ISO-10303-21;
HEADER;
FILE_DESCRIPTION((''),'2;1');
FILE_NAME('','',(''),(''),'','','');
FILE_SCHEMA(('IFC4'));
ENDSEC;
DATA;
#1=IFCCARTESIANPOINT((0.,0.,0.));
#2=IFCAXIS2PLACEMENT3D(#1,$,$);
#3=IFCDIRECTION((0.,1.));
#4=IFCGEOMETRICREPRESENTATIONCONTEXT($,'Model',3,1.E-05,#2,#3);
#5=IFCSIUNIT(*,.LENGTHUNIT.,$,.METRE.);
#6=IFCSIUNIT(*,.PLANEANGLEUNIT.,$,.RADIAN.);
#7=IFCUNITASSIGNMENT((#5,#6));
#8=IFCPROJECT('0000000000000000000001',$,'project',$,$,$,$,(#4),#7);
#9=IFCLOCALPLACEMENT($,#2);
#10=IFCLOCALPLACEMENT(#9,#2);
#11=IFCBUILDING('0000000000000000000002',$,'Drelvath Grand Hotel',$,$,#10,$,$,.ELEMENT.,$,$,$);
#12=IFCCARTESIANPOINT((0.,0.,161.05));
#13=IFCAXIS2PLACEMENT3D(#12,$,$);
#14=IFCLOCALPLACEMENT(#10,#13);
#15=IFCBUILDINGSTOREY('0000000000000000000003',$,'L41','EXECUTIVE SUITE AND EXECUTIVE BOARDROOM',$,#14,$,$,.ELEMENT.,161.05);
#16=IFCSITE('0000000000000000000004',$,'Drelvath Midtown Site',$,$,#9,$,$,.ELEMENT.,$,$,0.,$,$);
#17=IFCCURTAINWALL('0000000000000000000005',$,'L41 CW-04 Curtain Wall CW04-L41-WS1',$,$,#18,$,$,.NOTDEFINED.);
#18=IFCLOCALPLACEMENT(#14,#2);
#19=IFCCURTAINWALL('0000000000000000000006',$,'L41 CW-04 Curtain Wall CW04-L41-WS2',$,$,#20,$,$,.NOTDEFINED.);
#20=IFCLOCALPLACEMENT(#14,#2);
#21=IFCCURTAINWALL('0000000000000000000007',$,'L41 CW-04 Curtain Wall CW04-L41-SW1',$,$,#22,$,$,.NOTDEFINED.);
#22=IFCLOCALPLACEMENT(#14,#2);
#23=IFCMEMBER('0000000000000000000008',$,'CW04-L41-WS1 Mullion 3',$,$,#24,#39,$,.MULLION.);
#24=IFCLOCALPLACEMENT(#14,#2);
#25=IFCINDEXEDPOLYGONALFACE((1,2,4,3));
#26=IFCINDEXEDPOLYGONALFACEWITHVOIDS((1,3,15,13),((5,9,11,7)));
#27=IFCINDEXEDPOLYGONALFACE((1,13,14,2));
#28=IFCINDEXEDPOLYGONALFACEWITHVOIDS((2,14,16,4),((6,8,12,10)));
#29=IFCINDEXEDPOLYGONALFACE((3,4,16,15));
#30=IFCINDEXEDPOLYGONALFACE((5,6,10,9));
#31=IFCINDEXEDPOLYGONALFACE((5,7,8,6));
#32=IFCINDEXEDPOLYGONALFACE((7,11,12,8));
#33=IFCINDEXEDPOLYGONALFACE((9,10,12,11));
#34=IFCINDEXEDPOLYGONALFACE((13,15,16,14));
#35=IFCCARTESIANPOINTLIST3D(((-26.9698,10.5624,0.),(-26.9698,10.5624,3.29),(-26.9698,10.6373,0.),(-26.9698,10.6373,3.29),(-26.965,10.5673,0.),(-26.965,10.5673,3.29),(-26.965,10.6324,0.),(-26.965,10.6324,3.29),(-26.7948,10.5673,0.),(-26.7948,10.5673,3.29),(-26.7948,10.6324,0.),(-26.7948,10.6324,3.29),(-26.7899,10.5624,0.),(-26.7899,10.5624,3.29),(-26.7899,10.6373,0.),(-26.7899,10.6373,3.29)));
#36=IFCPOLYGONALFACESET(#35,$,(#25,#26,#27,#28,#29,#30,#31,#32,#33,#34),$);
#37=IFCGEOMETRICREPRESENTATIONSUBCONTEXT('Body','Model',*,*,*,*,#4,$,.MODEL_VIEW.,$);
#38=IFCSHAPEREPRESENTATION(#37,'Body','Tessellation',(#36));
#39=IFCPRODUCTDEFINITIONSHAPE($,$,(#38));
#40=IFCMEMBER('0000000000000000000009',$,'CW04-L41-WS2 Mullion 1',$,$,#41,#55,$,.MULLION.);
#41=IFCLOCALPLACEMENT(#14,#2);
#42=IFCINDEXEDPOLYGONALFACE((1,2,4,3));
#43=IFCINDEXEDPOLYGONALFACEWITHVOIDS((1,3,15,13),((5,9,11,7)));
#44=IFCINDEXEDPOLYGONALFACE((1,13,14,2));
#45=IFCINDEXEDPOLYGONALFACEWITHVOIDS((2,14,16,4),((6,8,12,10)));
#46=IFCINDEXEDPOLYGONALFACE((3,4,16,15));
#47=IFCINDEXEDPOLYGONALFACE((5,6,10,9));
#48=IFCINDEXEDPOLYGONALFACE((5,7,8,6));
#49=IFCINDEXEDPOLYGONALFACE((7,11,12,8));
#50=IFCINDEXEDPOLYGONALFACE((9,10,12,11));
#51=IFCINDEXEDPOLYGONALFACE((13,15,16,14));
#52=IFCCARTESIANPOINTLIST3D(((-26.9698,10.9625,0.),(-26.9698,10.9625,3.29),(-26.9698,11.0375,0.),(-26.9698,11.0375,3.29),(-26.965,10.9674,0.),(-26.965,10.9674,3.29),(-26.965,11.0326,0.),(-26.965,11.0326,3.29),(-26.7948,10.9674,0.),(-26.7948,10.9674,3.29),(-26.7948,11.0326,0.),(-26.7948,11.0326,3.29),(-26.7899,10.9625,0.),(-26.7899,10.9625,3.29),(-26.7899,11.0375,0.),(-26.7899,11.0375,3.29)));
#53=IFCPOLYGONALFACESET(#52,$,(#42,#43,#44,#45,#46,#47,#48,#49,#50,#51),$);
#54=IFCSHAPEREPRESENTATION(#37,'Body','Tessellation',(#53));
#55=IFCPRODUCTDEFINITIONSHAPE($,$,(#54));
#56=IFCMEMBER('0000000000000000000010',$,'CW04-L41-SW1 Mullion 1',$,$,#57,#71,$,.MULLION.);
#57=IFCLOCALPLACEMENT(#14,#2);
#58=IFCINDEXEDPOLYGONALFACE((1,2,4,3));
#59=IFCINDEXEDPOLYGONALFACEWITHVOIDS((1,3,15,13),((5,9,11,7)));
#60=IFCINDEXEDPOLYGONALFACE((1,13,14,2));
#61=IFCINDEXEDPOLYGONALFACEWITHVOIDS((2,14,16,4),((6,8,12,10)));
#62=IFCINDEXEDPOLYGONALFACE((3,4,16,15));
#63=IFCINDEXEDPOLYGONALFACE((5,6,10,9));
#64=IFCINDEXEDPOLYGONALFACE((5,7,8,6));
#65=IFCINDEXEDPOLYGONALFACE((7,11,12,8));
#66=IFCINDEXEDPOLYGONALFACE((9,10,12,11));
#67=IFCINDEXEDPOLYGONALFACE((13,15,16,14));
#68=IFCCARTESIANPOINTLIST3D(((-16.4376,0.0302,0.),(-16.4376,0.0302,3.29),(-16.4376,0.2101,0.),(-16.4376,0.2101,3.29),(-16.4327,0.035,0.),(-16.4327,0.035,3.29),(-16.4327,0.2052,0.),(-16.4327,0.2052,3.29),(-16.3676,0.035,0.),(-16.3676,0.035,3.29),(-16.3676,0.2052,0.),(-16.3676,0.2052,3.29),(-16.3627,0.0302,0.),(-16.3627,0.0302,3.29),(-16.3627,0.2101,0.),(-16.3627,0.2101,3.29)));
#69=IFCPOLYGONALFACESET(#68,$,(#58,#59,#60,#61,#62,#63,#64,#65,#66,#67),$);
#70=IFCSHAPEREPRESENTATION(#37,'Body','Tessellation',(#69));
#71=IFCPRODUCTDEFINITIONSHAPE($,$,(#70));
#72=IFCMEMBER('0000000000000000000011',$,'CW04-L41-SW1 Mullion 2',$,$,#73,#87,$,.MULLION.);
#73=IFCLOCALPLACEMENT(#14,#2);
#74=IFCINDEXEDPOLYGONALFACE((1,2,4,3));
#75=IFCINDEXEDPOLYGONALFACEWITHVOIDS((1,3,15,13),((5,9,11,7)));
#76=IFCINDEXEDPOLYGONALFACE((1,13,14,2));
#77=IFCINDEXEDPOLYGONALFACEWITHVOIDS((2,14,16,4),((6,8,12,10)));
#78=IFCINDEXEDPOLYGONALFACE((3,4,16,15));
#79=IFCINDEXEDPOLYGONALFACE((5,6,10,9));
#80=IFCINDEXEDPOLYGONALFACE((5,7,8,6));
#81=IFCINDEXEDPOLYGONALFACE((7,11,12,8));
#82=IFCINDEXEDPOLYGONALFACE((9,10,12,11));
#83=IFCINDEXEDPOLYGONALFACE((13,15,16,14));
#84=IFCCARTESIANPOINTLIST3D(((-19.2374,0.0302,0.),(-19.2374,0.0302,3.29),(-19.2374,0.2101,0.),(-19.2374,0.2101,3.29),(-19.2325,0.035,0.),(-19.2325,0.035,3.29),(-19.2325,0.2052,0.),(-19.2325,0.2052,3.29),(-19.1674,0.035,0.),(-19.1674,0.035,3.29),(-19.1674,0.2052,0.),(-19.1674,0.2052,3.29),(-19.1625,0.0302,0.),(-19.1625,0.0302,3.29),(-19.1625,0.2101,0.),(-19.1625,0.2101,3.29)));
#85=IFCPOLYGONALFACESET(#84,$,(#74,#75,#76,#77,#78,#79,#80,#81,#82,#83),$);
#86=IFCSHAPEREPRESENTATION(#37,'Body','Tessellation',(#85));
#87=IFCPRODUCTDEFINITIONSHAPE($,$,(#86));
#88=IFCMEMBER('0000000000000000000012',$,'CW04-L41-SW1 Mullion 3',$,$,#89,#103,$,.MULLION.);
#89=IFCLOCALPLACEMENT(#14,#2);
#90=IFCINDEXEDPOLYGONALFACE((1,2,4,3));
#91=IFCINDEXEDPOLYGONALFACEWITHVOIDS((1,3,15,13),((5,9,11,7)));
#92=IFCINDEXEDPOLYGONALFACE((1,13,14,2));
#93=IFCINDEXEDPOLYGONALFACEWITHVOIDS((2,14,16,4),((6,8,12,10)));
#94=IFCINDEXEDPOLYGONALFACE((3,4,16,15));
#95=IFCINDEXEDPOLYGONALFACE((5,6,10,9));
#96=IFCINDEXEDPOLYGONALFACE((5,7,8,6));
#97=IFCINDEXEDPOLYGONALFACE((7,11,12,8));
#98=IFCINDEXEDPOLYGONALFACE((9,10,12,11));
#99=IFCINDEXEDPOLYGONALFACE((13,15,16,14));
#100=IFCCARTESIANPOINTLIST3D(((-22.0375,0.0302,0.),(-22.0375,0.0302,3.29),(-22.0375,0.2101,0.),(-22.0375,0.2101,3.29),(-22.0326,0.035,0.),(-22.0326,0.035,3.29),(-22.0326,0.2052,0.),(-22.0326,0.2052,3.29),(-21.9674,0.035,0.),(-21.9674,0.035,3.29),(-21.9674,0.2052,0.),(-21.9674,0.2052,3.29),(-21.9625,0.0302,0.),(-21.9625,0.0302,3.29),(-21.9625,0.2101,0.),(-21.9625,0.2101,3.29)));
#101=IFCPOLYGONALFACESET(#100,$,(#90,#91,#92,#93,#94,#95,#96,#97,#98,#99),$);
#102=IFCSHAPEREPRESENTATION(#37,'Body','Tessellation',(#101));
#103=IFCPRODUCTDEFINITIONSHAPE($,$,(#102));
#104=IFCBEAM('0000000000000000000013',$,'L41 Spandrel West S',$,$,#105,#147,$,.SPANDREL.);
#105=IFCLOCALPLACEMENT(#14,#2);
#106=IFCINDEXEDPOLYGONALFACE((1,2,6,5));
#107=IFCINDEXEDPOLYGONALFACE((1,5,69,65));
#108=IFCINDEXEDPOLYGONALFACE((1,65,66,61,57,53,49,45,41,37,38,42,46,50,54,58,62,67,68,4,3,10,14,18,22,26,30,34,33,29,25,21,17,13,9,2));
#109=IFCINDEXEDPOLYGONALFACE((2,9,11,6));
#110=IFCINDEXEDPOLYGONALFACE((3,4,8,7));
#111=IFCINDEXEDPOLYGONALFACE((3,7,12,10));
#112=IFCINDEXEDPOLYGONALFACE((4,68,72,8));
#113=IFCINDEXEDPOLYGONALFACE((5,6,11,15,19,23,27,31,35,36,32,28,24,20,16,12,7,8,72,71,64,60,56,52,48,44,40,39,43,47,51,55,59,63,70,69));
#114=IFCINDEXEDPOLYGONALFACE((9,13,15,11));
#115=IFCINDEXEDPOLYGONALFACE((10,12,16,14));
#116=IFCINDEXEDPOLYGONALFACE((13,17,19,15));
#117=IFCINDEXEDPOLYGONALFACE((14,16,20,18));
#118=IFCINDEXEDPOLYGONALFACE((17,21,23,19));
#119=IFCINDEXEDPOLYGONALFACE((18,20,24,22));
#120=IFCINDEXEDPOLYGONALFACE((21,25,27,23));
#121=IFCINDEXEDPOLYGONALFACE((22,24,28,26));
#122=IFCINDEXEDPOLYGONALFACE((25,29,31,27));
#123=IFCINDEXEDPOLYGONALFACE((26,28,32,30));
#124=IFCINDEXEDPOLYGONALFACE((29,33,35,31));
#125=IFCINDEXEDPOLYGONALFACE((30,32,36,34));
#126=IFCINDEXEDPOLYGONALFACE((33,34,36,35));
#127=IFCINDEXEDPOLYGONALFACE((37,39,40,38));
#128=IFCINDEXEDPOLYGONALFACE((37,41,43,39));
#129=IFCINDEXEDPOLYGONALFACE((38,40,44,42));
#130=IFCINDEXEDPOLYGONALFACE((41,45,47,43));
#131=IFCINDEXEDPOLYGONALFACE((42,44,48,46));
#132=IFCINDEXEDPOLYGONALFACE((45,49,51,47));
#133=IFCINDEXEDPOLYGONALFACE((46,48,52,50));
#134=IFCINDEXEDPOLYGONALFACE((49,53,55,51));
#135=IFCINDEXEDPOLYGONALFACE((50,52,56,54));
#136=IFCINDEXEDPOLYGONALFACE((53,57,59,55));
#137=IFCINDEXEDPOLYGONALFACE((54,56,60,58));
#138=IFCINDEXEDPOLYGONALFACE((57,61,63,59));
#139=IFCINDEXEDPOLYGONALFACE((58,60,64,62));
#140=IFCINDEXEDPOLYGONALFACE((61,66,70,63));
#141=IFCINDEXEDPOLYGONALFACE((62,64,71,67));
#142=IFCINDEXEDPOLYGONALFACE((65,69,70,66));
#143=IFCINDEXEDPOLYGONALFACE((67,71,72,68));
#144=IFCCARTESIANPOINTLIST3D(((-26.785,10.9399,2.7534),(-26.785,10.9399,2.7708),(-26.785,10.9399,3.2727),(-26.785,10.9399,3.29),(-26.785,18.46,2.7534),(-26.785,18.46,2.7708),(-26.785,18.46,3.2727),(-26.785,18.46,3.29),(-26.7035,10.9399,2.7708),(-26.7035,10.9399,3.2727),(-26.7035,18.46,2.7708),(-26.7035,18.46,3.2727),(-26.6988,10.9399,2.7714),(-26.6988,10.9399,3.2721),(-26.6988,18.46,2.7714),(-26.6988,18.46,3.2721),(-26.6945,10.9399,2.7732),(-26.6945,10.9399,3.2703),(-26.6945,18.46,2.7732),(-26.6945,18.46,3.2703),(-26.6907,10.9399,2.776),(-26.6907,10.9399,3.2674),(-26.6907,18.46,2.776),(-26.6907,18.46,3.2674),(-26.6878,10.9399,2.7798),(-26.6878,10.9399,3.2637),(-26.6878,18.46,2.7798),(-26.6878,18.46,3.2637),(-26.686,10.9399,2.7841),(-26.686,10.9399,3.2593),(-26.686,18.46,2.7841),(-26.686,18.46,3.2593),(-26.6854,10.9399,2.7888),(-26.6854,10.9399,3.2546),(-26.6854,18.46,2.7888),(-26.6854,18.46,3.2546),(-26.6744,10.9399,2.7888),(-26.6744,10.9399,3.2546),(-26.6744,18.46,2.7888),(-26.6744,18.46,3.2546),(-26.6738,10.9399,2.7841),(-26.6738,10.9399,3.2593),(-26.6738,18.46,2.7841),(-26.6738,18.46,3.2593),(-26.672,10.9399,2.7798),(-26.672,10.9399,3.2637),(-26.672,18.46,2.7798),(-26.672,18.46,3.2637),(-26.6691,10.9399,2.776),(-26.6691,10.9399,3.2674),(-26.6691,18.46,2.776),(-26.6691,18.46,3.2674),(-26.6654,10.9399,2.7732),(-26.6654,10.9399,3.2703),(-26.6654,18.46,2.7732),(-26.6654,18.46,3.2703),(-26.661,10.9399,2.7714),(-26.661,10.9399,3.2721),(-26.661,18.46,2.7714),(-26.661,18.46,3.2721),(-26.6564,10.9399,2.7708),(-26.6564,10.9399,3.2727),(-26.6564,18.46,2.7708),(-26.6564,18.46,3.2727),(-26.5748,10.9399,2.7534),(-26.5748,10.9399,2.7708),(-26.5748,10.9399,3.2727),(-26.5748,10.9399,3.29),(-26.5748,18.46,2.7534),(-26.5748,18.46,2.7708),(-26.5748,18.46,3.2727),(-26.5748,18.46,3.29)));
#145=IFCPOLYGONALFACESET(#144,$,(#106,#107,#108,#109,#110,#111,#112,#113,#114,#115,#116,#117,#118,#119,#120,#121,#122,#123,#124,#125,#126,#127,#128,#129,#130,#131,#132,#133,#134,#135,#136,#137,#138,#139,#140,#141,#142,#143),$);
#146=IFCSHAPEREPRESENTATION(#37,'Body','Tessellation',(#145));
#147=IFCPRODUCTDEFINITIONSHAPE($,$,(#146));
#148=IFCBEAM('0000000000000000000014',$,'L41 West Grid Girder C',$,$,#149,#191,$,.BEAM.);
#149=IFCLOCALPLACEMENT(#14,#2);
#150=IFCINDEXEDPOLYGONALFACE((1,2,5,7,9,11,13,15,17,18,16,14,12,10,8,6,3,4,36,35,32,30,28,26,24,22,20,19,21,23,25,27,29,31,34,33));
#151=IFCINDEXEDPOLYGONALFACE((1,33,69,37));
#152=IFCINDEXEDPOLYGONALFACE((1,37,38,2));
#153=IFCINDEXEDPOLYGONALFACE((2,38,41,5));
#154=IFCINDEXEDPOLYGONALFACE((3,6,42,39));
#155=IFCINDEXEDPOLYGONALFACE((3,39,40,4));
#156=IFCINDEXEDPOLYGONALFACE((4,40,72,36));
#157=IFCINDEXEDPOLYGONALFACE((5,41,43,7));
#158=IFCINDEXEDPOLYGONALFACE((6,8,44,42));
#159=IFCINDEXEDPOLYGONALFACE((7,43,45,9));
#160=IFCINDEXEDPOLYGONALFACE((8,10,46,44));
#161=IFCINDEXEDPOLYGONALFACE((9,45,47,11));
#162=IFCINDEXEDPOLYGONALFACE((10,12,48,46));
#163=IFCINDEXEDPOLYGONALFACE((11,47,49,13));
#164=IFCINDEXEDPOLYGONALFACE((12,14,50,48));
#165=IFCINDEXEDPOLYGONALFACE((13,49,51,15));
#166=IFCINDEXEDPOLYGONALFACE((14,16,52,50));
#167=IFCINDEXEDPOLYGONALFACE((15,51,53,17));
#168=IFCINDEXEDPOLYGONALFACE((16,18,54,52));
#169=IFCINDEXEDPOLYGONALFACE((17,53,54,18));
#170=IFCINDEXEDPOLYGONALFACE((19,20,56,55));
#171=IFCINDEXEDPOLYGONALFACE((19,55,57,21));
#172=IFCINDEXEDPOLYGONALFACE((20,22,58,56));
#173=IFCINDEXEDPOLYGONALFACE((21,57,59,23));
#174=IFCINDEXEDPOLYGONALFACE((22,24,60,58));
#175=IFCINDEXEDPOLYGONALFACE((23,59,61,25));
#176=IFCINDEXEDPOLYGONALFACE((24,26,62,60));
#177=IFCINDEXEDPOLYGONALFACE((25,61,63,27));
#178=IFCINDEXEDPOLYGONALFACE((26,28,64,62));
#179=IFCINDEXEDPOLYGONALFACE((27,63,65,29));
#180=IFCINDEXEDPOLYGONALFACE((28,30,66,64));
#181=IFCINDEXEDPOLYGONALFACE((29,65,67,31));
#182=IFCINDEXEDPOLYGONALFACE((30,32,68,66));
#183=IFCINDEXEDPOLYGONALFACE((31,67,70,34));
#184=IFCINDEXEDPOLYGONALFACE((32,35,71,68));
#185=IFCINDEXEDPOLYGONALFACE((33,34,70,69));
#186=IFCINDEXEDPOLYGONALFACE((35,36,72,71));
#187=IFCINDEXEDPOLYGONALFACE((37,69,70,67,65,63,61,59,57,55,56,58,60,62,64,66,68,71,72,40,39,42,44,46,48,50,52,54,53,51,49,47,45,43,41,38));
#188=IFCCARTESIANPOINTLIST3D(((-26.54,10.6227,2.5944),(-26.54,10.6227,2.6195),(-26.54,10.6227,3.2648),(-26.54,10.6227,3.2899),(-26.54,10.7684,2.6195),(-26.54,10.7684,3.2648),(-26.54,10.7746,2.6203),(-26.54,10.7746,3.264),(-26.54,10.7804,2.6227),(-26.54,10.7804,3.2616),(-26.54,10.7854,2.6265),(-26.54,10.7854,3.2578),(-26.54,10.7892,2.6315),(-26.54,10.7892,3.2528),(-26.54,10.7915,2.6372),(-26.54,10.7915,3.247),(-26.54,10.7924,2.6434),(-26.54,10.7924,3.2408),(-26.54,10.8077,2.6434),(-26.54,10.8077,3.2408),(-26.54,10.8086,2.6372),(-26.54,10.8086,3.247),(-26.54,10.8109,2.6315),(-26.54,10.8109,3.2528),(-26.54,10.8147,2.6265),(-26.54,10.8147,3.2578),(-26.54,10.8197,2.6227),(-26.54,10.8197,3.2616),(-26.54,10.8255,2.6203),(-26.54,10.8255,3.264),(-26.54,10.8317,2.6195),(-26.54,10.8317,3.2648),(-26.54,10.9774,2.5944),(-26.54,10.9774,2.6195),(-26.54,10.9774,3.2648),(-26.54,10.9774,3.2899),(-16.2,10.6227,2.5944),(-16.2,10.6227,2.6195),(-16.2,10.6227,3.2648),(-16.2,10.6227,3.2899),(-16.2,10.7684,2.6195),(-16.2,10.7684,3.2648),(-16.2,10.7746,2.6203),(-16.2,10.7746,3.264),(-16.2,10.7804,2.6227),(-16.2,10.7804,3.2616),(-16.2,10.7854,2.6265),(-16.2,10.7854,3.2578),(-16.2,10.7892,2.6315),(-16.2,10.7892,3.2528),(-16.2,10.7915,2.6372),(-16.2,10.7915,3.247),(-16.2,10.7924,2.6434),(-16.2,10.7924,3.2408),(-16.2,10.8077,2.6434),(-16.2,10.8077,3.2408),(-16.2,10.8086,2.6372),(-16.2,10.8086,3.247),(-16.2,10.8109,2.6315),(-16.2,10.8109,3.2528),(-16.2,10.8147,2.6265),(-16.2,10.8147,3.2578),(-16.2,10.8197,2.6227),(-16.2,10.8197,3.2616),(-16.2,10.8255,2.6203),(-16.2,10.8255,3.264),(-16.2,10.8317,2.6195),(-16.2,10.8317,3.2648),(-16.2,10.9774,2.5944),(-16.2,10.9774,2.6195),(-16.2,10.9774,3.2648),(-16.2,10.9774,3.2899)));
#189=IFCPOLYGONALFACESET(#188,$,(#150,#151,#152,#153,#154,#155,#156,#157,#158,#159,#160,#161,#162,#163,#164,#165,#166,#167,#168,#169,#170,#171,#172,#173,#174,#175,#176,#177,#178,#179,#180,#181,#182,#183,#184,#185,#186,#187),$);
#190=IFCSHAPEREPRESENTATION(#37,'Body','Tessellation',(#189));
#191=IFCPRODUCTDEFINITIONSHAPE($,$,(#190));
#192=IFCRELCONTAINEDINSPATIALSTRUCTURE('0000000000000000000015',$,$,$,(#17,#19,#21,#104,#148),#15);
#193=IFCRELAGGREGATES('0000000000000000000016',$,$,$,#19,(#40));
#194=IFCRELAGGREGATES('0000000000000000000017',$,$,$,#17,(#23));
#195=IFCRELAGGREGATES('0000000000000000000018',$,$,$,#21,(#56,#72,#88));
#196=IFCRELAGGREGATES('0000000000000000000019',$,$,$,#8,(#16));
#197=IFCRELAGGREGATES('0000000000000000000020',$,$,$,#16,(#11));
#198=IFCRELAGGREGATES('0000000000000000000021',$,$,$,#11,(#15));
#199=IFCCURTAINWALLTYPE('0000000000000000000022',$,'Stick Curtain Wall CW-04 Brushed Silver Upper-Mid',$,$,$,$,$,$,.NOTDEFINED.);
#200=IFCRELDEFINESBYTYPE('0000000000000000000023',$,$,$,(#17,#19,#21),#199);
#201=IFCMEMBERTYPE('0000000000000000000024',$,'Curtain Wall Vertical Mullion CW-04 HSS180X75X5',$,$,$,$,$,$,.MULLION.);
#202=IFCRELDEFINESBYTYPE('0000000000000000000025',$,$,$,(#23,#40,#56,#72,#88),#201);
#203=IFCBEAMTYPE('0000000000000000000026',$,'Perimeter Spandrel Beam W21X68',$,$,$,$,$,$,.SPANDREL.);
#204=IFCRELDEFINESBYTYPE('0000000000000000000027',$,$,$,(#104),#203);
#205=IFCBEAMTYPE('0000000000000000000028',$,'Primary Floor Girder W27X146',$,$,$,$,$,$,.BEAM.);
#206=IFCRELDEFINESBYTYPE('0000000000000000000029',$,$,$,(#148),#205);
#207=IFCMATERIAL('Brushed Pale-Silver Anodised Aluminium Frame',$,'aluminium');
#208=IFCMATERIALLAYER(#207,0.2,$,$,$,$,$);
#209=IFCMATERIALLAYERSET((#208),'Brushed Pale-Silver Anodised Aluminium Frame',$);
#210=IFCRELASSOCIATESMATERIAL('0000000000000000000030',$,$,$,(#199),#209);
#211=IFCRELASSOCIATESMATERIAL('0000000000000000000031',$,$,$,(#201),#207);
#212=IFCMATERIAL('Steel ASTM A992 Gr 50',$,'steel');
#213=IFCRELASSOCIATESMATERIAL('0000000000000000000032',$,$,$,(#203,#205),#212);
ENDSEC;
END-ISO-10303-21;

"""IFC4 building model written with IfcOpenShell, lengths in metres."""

from ifc_helpers import new_model, si_unit, direction, frame, origin, origin_2d, place, context, subcontext, project, spatial, hollow_rectangle, i_section, extrude, material, layer, layer_set, material_profile, profile_set, type_object, element, aggregate, save


model = new_model("IFC4")

# Units and contexts
model_context = context("Model", 3, precision=1e-05, world=origin(), true_north=direction((0.0, 1.0)))
body_context = subcontext(model_context, "Body", "Model", "MODEL_VIEW")
ifc_project = project(units=[si_unit("LENGTHUNIT", "METRE"), si_unit("PLANEANGLEUNIT", "RADIAN")], contexts=[model_context])

# Site, building, storey
site_placement = place(None, origin())
site = spatial("IfcSite", under=ifc_project, at=site_placement, Name="Drelvath Midtown Site", CompositionType="ELEMENT", RefElevation=0.0)
building_placement = place(site_placement, origin())
building = spatial("IfcBuilding", under=site, at=building_placement, Name="Drelvath Grand Hotel", CompositionType="ELEMENT")
storey_placement = place(building_placement, frame((0.0, 0.0, 161.05)))
storey = spatial("IfcBuildingStorey", under=building, at=storey_placement, Name="L41", Description="EXECUTIVE SUITE AND EXECUTIVE BOARDROOM", CompositionType="ELEMENT", Elevation=161.05)

# Curtain walls
ifc_material_1 = material(Name="Brushed Pale-Silver Anodised Aluminium Frame", Category="aluminium")
ifc_layer_1 = layer(ifc_material_1, 0.2)
ifc_layer_set_1 = layer_set([ifc_layer_1], Name="Brushed Pale-Silver Anodised Aluminium Frame")
curtain_wall_type = type_object("IfcCurtainWallType", Name="Stick Curtain Wall CW-04 Brushed Silver Upper-Mid", PredefinedType="NOTDEFINED", material=ifc_layer_set_1)
curtain_wall_1_placement = place(storey_placement, origin())
curtain_wall_1 = element("IfcCurtainWall", 1, at=curtain_wall_1_placement, inside=storey, type_object=curtain_wall_type, Name="L41 CW-04 Curtain Wall CW04-L41-WS1", PredefinedType="NOTDEFINED")
curtain_wall_2_placement = place(storey_placement, origin())
curtain_wall_2 = element("IfcCurtainWall", 2, at=curtain_wall_2_placement, inside=storey, type_object=curtain_wall_type, Name="L41 CW-04 Curtain Wall CW04-L41-WS2", PredefinedType="NOTDEFINED")
curtain_wall_3_placement = place(storey_placement, origin())
curtain_wall_3 = element("IfcCurtainWall", 3, at=curtain_wall_3_placement, inside=storey, type_object=curtain_wall_type, Name="L41 CW-04 Curtain Wall CW04-L41-SW1", PredefinedType="NOTDEFINED")

# Members
ifc_material_profile_1 = material_profile(ifc_material_1, hollow_rectangle(XDim=0.075, YDim=0.1799, WallThickness=0.0049, at=origin_2d()), Name="HSS180X75X5")
ifc_profile_set_1 = profile_set([ifc_material_profile_1], Name="Brushed Pale-Silver Anodised Aluminium Frame")
member_type_1 = type_object("IfcMemberType", Name="Curtain Wall Vertical Mullion CW-04 HSS180X75X5", PredefinedType="MULLION", material=ifc_profile_set_1)
member_1_placement = place(storey_placement, frame((-26.8799, 10.5999, 0.0), z_axis=(0.0, 0.0, 1.0), x_axis=(0.0, 1.0, 0.0)))
member_1 = element("IfcMember", 4, at=member_1_placement, type_object=member_type_1, Name="CW04-L41-WS1 Mullion 3", PredefinedType="MULLION", context=body_context, shape_type="SweptSolid", body=[
    extrude(hollow_rectangle(XDim=0.075, YDim=0.1799, WallThickness=0.0049, at=origin_2d()), origin(), (0.0, 0.0, 1.0), 3.29),
])
member_2_placement = place(storey_placement, frame((-26.8799, 11.0, 0.0), z_axis=(0.0, 0.0, 1.0), x_axis=(0.0, 1.0, 0.0)))
member_2 = element("IfcMember", 5, at=member_2_placement, type_object=member_type_1, Name="CW04-L41-WS2 Mullion 1", PredefinedType="MULLION", context=body_context, shape_type="SweptSolid", body=[
    extrude(hollow_rectangle(XDim=0.075, YDim=0.1799, WallThickness=0.0049, at=origin_2d()), origin(), (0.0, 0.0, 1.0), 3.29),
])
aggregate(curtain_wall_2, [member_2])
member_3_placement = place(storey_placement, frame((-16.4001, 0.1201, 0.0), z_axis=(0.0, 0.0, 1.0), x_axis=(1.0, 0.0, 0.0)))
member_3 = element("IfcMember", 6, at=member_3_placement, type_object=member_type_1, Name="CW04-L41-SW1 Mullion 1", PredefinedType="MULLION", context=body_context, shape_type="SweptSolid", body=[
    extrude(hollow_rectangle(XDim=0.075, YDim=0.1799, WallThickness=0.0049, at=origin_2d()), origin(), (0.0, 0.0, 1.0), 3.29),
])
member_4_placement = place(storey_placement, frame((-19.2, 0.1201, 0.0), z_axis=(0.0, 0.0, 1.0), x_axis=(1.0, 0.0, 0.0)))
member_4 = element("IfcMember", 7, at=member_4_placement, type_object=member_type_1, Name="CW04-L41-SW1 Mullion 2", PredefinedType="MULLION", context=body_context, shape_type="SweptSolid", body=[
    extrude(hollow_rectangle(XDim=0.075, YDim=0.1799, WallThickness=0.0049, at=origin_2d()), origin(), (0.0, 0.0, 1.0), 3.29),
])
member_5_placement = place(storey_placement, frame((-22.0, 0.1201, 0.0), z_axis=(0.0, 0.0, 1.0), x_axis=(1.0, 0.0, 0.0)))
member_5 = element("IfcMember", 8, at=member_5_placement, type_object=member_type_1, Name="CW04-L41-SW1 Mullion 3", PredefinedType="MULLION", context=body_context, shape_type="SweptSolid", body=[
    extrude(hollow_rectangle(XDim=0.075, YDim=0.1799, WallThickness=0.0049, at=origin_2d()), origin(), (0.0, 0.0, 1.0), 3.29),
])

# Beams
ifc_material_2 = material(Name="Steel ASTM A992 Gr 50", Category="steel")
ifc_material_profile_2 = material_profile(ifc_material_2, i_section(OverallWidth=0.2102, OverallDepth=0.5366, WebThickness=0.011, FlangeThickness=0.0173, FilletRadius=0.0181, at=origin_2d()), Name="W21X68")
ifc_profile_set_2 = profile_set([ifc_material_profile_2], Name="Steel ASTM A992 Gr 50")
beam_type_1 = type_object("IfcBeamType", Name="Perimeter Spandrel Beam W21X68", PredefinedType="SPANDREL", material=ifc_profile_set_2)
beam_placement = place(storey_placement, frame((-26.6799, 10.9399, 3.0217), z_axis=(0.0, 1.0, 0.0), x_axis=(-1.0, 0.0, 0.0)))
element("IfcBeam", 9, at=beam_placement, inside=storey, type_object=beam_type_1, Name="L41 Spandrel West S", PredefinedType="SPANDREL", context=body_context, shape_type="SweptSolid", body=[
    extrude(i_section(OverallWidth=0.2102, OverallDepth=0.5366, WebThickness=0.011, FlangeThickness=0.0173, FilletRadius=0.0181, at=origin_2d()), origin(), (0.0, 0.0, 1.0), 7.52),
])
ifc_material_profile_3 = material_profile(ifc_material_2, i_section(OverallWidth=0.3547, OverallDepth=0.6956, WebThickness=0.0154, FlangeThickness=0.0251, FilletRadius=0.0239, at=origin_2d()), Name="W27X146")
ifc_profile_set_3 = profile_set([ifc_material_profile_3], Name="Steel ASTM A992 Gr 50")
beam_type_2 = type_object("IfcBeamType", Name="Primary Floor Girder W27X146", PredefinedType="BEAM", material=ifc_profile_set_3)
for number, where, z_axis, x_axis, name in (
    (10, (-26.54, 10.8, 2.9421), (1.0, 0.0, 0.0), (0.0, 1.0, 0.0), "L41 West Grid Girder C"),
):
    element("IfcBeam", number, at=place(storey_placement, frame(where, z_axis=z_axis, x_axis=x_axis)), inside=storey, type_object=beam_type_2, Name=name, PredefinedType="BEAM", context=body_context, shape_type="SweptSolid", body=[
        extrude(i_section(OverallWidth=0.3547, OverallDepth=0.6956, WebThickness=0.0154, FlangeThickness=0.0251, FilletRadius=0.0239, at=origin_2d()), origin(), (0.0, 0.0, 1.0), 10.3401),
    ])

aggregate(curtain_wall_1, [member_1])
aggregate(curtain_wall_3, [member_3, member_4, member_5])

save(model, "model.ifc")
